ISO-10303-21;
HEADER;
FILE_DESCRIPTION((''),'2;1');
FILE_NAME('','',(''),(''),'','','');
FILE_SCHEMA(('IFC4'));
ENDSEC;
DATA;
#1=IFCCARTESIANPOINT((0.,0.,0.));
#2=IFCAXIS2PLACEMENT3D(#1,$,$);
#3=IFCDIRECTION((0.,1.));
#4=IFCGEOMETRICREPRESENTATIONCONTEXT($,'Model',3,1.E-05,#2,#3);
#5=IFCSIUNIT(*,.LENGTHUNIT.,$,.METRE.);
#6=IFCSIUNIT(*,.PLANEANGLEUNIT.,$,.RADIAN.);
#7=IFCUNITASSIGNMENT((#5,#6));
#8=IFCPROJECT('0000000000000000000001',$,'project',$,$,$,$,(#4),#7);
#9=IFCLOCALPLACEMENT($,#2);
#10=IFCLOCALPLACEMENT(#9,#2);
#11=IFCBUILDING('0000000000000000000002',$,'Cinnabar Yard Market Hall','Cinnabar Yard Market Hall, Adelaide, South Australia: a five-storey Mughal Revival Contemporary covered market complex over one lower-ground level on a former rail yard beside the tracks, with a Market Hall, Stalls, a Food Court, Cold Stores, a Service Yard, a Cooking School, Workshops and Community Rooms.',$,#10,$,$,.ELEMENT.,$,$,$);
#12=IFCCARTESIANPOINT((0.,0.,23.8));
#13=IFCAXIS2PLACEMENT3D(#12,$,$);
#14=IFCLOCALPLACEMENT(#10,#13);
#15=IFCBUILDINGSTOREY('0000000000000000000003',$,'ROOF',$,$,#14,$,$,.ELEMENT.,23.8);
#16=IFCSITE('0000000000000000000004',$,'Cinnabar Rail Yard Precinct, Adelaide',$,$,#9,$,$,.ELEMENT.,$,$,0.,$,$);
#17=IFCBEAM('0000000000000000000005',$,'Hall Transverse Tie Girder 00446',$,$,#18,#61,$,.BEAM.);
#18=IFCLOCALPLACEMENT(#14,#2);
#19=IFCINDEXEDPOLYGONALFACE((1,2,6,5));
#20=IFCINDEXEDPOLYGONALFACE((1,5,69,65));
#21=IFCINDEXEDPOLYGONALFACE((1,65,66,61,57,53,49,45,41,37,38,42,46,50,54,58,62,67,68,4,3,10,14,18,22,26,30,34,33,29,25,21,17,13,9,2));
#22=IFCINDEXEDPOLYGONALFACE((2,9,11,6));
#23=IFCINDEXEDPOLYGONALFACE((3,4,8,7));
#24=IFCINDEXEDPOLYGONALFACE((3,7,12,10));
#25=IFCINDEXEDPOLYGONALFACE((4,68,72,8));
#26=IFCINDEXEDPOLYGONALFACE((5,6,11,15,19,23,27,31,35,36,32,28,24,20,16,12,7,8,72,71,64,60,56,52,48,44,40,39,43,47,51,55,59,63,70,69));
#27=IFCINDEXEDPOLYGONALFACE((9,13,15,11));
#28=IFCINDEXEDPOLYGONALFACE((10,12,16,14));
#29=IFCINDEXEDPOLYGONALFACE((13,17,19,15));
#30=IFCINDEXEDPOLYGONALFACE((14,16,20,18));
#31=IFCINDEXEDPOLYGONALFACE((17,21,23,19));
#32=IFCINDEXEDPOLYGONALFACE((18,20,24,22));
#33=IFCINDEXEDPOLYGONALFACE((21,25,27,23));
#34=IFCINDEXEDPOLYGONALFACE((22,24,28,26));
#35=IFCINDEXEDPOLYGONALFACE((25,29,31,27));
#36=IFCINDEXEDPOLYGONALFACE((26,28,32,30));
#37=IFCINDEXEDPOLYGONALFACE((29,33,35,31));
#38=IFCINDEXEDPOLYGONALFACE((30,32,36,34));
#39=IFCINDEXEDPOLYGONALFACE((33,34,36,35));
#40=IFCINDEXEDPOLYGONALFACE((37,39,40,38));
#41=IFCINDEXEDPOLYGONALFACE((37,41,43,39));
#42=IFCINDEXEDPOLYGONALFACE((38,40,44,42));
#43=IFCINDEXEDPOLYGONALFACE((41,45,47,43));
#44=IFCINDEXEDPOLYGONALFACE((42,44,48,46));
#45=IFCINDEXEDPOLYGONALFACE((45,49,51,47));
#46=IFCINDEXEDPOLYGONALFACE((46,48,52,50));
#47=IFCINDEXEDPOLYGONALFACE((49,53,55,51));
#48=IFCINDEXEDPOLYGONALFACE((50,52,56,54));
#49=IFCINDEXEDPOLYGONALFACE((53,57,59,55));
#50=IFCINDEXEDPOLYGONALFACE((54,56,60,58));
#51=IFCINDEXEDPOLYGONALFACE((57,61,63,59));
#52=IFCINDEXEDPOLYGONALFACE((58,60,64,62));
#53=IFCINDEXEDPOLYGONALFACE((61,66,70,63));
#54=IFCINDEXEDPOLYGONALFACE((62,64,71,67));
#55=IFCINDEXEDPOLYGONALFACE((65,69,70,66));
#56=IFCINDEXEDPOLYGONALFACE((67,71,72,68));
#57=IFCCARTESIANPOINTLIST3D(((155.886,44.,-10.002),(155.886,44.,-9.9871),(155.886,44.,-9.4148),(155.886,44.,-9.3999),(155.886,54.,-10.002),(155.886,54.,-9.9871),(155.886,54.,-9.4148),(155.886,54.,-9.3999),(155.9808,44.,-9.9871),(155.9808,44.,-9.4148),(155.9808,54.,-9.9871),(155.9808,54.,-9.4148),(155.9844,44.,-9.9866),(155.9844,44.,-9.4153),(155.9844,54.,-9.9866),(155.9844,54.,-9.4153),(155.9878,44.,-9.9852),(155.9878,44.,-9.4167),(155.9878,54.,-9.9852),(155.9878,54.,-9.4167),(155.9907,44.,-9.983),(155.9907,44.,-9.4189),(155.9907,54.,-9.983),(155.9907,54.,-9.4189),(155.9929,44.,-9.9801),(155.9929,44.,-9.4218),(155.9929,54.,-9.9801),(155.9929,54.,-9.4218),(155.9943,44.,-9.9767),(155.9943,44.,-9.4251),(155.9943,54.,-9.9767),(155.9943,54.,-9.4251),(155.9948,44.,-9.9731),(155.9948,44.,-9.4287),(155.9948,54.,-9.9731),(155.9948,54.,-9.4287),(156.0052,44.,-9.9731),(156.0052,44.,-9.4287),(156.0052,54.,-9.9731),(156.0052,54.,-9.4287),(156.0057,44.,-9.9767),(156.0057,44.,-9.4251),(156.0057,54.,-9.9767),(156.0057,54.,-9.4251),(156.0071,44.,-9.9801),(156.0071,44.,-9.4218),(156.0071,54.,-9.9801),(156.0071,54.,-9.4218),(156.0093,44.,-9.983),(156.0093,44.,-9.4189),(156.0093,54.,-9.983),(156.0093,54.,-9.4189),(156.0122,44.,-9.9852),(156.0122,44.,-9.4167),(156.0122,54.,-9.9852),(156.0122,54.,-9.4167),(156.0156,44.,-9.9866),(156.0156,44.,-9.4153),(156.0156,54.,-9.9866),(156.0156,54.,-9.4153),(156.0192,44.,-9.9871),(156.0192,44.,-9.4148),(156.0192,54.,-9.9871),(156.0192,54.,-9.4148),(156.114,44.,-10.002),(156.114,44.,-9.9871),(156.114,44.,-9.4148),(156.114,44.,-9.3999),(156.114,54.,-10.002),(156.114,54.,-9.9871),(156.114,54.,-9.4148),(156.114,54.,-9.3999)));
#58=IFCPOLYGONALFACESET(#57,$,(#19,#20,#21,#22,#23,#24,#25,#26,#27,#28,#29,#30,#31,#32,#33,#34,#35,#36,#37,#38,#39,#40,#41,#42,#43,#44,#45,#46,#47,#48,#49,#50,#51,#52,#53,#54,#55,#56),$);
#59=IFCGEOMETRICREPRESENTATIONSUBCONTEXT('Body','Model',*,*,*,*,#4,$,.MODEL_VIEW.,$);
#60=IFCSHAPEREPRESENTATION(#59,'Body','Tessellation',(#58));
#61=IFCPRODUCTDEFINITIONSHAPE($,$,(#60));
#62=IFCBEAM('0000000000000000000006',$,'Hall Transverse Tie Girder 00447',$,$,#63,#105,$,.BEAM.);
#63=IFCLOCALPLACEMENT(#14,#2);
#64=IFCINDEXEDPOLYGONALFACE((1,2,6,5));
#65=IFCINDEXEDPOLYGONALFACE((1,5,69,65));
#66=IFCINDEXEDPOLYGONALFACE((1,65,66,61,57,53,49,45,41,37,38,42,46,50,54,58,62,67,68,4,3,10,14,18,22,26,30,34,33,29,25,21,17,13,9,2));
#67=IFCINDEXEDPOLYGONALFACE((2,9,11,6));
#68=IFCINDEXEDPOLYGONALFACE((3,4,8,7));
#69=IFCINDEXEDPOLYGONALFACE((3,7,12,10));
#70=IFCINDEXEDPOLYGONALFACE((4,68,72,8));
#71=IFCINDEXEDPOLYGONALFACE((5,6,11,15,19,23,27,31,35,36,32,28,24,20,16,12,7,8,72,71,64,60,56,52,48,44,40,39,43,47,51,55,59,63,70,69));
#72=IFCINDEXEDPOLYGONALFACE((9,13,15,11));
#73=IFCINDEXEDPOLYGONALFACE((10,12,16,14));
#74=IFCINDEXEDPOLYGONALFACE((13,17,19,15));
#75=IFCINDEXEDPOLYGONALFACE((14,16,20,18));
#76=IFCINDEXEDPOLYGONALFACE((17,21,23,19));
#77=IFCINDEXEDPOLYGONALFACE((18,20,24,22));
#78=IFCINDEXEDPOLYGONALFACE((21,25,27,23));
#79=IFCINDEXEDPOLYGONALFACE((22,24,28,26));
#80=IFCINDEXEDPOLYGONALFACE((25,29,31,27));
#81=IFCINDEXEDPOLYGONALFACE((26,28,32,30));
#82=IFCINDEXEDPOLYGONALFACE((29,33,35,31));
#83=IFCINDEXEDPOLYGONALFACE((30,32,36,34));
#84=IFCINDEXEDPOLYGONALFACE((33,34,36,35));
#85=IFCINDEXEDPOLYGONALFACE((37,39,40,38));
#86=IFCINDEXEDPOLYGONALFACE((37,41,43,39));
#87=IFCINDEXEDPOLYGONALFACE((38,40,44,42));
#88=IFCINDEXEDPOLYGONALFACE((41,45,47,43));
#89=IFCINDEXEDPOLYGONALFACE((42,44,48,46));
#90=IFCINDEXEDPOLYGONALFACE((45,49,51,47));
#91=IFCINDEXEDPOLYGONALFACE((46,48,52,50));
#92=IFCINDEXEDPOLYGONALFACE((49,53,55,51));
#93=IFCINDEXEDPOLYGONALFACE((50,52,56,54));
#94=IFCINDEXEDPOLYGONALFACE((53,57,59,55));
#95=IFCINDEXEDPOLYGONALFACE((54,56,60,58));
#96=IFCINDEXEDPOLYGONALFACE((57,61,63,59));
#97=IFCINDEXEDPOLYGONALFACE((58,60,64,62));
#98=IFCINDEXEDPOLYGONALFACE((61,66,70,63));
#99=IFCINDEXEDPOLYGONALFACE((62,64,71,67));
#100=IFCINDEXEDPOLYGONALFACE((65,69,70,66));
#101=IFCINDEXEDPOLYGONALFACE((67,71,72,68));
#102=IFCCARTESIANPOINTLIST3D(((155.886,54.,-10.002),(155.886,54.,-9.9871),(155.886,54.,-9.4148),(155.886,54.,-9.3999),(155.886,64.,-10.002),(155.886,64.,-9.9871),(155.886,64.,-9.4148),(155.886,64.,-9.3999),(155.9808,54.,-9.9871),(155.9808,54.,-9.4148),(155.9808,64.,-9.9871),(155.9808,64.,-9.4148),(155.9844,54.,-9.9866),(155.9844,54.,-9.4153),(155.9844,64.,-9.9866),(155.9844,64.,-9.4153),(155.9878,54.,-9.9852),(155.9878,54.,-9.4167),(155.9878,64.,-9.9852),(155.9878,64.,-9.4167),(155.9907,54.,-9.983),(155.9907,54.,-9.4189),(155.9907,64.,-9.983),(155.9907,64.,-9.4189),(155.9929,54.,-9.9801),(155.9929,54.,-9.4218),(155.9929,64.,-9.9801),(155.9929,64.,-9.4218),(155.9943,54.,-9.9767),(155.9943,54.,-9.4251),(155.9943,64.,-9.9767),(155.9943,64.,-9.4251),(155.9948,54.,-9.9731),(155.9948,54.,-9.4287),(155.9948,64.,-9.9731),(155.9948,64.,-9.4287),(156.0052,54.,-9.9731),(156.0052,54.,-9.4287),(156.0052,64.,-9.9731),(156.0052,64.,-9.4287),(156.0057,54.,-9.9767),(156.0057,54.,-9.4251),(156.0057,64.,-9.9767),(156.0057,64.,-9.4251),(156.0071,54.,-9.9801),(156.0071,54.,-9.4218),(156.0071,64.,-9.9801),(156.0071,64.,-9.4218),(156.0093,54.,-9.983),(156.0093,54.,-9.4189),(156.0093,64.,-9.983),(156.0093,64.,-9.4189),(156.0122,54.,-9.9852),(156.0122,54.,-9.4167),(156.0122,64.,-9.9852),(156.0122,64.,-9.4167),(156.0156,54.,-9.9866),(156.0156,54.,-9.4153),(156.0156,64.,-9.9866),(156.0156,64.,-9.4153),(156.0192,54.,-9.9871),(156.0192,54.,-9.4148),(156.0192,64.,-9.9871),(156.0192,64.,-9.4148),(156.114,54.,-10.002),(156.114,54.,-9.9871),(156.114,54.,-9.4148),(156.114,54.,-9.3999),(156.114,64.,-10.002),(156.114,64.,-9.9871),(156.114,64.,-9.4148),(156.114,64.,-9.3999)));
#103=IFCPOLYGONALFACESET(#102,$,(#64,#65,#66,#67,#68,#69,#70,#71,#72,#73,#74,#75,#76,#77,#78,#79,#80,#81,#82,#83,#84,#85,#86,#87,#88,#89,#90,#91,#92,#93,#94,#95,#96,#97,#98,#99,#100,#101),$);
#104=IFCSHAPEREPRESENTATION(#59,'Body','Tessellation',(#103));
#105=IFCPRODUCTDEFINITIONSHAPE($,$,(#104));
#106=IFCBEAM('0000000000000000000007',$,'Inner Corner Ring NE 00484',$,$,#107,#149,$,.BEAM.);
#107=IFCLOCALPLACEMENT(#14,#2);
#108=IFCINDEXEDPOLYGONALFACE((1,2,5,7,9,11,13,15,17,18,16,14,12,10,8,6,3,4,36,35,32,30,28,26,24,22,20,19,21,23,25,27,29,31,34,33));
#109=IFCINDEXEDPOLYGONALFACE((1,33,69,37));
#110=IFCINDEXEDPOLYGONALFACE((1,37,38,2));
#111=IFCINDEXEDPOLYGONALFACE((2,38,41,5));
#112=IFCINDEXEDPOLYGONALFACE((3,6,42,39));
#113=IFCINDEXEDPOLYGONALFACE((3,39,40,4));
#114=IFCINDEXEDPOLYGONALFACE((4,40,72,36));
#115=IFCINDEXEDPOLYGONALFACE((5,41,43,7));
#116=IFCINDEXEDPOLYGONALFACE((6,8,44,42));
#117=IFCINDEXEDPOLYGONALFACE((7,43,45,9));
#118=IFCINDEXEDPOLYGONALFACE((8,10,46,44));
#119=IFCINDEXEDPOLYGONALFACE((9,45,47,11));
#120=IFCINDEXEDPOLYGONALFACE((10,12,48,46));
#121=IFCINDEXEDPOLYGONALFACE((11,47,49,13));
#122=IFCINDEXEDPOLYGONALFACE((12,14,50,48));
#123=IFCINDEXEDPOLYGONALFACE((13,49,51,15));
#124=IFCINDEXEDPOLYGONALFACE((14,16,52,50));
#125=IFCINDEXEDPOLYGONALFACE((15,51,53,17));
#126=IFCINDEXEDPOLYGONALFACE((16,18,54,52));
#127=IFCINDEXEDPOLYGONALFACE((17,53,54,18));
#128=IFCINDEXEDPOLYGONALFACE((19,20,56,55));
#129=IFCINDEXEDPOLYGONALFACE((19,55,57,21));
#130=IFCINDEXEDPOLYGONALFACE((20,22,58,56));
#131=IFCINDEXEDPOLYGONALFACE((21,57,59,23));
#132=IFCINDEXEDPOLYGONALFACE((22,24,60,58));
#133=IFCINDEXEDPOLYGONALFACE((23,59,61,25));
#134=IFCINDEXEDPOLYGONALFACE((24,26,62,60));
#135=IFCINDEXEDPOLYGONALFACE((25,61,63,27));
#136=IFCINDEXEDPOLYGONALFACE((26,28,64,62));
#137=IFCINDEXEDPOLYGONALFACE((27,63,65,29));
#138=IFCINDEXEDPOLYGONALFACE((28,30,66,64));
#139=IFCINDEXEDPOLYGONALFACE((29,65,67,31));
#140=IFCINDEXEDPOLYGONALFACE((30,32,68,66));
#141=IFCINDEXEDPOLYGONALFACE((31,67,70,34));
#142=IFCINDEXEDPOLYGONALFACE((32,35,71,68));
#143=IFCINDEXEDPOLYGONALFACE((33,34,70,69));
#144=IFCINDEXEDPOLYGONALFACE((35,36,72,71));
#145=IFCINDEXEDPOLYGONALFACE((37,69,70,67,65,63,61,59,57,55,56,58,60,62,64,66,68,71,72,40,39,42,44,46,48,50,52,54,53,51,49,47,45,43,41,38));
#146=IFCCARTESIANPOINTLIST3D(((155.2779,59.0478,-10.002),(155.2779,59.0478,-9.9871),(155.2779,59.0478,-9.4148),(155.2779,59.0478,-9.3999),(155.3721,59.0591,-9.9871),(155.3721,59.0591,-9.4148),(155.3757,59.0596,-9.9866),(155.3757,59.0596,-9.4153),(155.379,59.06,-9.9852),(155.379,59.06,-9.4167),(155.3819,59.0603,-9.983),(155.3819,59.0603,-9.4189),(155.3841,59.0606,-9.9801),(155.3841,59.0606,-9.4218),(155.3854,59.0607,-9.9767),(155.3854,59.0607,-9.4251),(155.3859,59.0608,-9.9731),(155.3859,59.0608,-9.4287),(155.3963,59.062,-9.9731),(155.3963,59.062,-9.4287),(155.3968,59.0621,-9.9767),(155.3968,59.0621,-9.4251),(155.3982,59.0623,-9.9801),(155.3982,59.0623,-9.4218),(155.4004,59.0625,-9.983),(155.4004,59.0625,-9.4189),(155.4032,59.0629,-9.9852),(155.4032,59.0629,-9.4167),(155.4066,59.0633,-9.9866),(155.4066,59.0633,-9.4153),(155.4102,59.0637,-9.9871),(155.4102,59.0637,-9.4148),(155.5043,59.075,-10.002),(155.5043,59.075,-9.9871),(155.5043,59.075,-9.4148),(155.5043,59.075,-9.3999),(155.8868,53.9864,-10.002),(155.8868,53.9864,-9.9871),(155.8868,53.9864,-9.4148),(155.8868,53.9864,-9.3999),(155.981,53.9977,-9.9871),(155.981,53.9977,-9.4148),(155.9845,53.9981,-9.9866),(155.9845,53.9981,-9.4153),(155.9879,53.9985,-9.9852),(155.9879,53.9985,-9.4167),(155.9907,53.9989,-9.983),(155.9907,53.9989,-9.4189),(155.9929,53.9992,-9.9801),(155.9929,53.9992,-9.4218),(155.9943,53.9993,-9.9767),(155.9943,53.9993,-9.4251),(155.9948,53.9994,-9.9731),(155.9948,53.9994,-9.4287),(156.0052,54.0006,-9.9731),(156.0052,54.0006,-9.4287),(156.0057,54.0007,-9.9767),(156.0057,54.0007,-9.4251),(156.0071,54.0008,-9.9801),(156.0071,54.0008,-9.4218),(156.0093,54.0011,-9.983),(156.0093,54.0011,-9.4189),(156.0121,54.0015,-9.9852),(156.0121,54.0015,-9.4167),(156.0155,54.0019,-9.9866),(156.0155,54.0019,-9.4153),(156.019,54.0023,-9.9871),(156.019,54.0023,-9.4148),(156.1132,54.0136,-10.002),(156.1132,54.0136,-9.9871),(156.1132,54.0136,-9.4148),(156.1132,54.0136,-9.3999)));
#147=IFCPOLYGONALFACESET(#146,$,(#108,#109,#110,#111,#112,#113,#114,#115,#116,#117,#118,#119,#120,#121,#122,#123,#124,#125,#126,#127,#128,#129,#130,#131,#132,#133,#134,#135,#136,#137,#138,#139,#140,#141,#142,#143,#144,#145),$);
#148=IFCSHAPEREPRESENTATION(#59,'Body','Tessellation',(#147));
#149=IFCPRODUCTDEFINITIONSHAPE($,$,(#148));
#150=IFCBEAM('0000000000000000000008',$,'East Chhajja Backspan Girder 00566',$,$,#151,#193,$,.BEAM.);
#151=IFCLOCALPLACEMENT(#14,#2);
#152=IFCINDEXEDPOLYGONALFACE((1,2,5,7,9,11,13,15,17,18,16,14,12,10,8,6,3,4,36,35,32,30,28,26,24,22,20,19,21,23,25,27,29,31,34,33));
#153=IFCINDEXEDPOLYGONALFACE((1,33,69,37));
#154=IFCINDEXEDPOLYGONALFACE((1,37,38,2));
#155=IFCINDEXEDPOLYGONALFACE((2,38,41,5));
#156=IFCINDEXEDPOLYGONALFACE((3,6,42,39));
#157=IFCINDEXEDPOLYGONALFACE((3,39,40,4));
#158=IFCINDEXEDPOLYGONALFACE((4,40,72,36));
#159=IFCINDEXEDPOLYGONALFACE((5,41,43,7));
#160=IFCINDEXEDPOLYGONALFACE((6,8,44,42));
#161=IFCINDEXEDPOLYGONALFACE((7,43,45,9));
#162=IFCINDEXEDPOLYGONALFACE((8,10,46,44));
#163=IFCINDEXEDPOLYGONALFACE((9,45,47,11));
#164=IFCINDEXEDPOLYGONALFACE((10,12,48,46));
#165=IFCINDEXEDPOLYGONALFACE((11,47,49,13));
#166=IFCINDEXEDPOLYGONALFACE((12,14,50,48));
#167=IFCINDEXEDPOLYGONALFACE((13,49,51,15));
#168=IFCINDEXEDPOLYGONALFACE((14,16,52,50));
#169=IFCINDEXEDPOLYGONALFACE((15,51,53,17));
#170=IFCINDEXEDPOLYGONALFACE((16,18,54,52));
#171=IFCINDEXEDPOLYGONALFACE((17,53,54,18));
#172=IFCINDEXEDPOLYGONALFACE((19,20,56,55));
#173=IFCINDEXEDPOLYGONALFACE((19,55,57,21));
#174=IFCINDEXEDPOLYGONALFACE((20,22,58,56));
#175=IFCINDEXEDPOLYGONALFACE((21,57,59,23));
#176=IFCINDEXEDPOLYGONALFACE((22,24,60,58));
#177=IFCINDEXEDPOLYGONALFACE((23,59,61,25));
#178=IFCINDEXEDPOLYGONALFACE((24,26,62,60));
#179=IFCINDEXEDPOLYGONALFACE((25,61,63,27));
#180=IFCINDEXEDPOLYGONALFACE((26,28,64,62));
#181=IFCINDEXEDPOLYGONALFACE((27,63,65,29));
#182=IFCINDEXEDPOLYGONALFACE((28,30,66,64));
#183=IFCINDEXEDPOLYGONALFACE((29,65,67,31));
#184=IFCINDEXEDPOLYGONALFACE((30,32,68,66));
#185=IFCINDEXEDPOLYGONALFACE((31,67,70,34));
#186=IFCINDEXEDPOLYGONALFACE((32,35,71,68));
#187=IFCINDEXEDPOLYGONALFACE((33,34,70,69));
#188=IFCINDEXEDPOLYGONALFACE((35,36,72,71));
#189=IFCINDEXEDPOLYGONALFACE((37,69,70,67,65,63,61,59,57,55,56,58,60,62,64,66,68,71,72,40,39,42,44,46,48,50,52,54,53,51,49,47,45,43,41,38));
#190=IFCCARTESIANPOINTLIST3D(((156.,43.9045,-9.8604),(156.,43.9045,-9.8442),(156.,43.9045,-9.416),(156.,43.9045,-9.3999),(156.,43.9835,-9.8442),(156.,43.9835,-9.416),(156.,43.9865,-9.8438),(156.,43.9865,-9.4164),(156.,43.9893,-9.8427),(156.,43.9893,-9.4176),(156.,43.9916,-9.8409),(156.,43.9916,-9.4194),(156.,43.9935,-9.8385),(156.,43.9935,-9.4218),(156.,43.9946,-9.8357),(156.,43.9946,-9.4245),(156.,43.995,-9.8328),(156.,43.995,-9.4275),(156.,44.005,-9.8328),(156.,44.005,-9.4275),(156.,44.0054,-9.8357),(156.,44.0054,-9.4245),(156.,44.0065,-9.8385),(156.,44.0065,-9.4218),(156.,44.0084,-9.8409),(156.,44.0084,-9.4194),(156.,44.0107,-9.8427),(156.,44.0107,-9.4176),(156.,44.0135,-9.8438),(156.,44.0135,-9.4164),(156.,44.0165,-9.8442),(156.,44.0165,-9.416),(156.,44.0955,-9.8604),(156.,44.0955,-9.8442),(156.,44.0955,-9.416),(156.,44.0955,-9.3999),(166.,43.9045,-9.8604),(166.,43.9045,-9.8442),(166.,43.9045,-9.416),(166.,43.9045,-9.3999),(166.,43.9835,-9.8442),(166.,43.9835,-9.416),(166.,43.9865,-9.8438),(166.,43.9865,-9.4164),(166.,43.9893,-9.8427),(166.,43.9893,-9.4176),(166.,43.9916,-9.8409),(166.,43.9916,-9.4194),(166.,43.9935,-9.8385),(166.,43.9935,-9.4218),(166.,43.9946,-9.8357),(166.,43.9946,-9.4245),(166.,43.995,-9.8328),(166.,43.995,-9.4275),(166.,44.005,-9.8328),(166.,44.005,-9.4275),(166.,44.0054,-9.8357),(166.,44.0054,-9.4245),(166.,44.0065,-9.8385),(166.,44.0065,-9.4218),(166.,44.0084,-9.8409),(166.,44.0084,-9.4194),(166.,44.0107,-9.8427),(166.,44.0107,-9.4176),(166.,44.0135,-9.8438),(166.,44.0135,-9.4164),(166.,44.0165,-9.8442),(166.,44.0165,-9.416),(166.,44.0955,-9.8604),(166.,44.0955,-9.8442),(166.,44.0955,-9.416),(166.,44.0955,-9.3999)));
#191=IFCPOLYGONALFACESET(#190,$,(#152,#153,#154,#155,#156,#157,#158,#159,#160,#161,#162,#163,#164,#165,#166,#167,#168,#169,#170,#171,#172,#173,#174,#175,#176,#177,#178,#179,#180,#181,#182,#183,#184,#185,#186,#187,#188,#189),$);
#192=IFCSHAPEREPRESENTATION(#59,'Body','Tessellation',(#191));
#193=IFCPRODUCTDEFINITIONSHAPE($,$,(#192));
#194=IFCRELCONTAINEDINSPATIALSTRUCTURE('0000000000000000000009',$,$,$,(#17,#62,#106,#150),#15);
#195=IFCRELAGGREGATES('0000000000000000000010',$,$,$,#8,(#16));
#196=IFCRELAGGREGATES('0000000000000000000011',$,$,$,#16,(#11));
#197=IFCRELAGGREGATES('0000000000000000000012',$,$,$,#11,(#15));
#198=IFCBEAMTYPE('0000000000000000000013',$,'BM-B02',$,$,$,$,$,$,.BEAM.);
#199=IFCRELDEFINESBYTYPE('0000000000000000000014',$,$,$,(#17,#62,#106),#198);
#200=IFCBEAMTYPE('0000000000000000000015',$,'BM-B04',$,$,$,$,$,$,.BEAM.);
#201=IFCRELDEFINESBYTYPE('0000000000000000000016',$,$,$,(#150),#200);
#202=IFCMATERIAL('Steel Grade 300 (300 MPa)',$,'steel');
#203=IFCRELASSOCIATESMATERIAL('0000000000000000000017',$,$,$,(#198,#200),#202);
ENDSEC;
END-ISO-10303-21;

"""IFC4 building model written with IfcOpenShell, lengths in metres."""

from ifc_helpers import new_model, si_unit, direction, frame, origin, origin_2d_with_axis, place, context, subcontext, project, spatial, i_section, extrude, material, material_profile, profile_set, type_object, element, save


model = new_model("IFC4")

# Units and contexts
model_context = context("Model", 3, precision=1e-05, world=origin(), true_north=direction((0.0, 1.0)))
body_context = subcontext(model_context, "Body", "Model", "MODEL_VIEW")
ifc_project = project(units=[si_unit("LENGTHUNIT", "METRE"), si_unit("PLANEANGLEUNIT", "RADIAN")], contexts=[model_context])

# Site, building, storey
site_placement = place(None, origin())
site = spatial("IfcSite", under=ifc_project, at=site_placement, Name="Cinnabar Rail Yard Precinct, Adelaide", CompositionType="ELEMENT", RefElevation=0.0)
building_placement = place(site_placement, origin())
building = spatial("IfcBuilding", under=site, at=building_placement, Name="Cinnabar Yard Market Hall", Description="Cinnabar Yard Market Hall, Adelaide, South Australia: a five-storey Mughal Revival Contemporary covered market complex over one lower-ground level on a former rail yard beside the tracks, with a Market Hall, Stalls, a Food Court, Cold Stores, a Service Yard, a Cooking School, Workshops and Community Rooms.", CompositionType="ELEMENT")
storey_placement = place(building_placement, frame((0.0, 0.0, 23.8)))
storey = spatial("IfcBuildingStorey", under=building, at=storey_placement, Name="ROOF", CompositionType="ELEMENT", Elevation=23.8)

# Beams
ifc_material_1 = material(Name="Steel Grade 300 (300 MPa)", Category="steel")
ifc_material_profile_1 = material_profile(ifc_material_1, i_section(OverallWidth=0.228, OverallDepth=0.6021, WebThickness=0.0105, FlangeThickness=0.0149, FilletRadius=0.0139, at=origin_2d_with_axis()), Name="610UB101")
ifc_profile_set_1 = profile_set([ifc_material_profile_1], Name="Steel Grade 300 (300 MPa)")
beam_type_1 = type_object("IfcBeamType", Name="BM-B02", PredefinedType="BEAM", material=ifc_profile_set_1)
for number, where, z_axis, x_axis, name in (
    (1, (156.0, 44.0, -9.7009), (0.0, 1.0, 0.0), (-1.0, 0.0, 0.0), "Hall Transverse Tie Girder 00446"),
    (2, (156.0, 54.0, -9.7009), (0.0, 1.0, 0.0), (-1.0, 0.0, 0.0), "Hall Transverse Tie Girder 00447"),
):
    element("IfcBeam", number, at=place(storey_placement, frame(where, z_axis=z_axis, x_axis=x_axis)), inside=storey, type_object=beam_type_1, Name=name, PredefinedType="BEAM", context=body_context, shape_type="SweptSolid", body=[
        extrude(i_section(OverallWidth=0.228, OverallDepth=0.6021, WebThickness=0.0105, FlangeThickness=0.0149, FilletRadius=0.0139, at=origin_2d_with_axis()), origin(), (0.0, 0.0, 1.0), 10.0),
    ])
beam_1_placement = place(storey_placement, frame((156.0, 54.0, -9.7009), z_axis=(-0.119436, 0.992842, 0.0), x_axis=(-0.992842, -0.119436, 0.0)))
element("IfcBeam", 3, at=beam_1_placement, inside=storey, type_object=beam_type_1, Name="Inner Corner Ring NE 00484", PredefinedType="BEAM", context=body_context, shape_type="SweptSolid", body=[
    extrude(i_section(OverallWidth=0.228, OverallDepth=0.6021, WebThickness=0.0105, FlangeThickness=0.0149, FilletRadius=0.0139, at=origin_2d_with_axis()), origin(), (0.0, 0.0, 1.0), 5.0979),
])
ifc_material_profile_2 = material_profile(ifc_material_1, i_section(OverallWidth=0.1909, OverallDepth=0.4604, WebThickness=0.01, FlangeThickness=0.0161, FilletRadius=0.0115, at=origin_2d_with_axis()), Name="460UB82.1")
ifc_profile_set_2 = profile_set([ifc_material_profile_2], Name="Steel Grade 300 (300 MPa)")
beam_type_2 = type_object("IfcBeamType", Name="BM-B04", PredefinedType="BEAM", material=ifc_profile_set_2)
for number, where, z_axis, x_axis, name in (
    (4, (156.0, 44.0, -9.6301), (1.0, 0.0, 0.0), (0.0, 1.0, 0.0), "East Chhajja Backspan Girder 00566"),
):
    element("IfcBeam", number, at=place(storey_placement, frame(where, z_axis=z_axis, x_axis=x_axis)), inside=storey, type_object=beam_type_2, Name=name, PredefinedType="BEAM", context=body_context, shape_type="SweptSolid", body=[
        extrude(i_section(OverallWidth=0.1909, OverallDepth=0.4604, WebThickness=0.01, FlangeThickness=0.0161, FilletRadius=0.0115, at=origin_2d_with_axis()), origin(), (0.0, 0.0, 1.0), 10.0),
    ])

save(model, "model.ifc")
